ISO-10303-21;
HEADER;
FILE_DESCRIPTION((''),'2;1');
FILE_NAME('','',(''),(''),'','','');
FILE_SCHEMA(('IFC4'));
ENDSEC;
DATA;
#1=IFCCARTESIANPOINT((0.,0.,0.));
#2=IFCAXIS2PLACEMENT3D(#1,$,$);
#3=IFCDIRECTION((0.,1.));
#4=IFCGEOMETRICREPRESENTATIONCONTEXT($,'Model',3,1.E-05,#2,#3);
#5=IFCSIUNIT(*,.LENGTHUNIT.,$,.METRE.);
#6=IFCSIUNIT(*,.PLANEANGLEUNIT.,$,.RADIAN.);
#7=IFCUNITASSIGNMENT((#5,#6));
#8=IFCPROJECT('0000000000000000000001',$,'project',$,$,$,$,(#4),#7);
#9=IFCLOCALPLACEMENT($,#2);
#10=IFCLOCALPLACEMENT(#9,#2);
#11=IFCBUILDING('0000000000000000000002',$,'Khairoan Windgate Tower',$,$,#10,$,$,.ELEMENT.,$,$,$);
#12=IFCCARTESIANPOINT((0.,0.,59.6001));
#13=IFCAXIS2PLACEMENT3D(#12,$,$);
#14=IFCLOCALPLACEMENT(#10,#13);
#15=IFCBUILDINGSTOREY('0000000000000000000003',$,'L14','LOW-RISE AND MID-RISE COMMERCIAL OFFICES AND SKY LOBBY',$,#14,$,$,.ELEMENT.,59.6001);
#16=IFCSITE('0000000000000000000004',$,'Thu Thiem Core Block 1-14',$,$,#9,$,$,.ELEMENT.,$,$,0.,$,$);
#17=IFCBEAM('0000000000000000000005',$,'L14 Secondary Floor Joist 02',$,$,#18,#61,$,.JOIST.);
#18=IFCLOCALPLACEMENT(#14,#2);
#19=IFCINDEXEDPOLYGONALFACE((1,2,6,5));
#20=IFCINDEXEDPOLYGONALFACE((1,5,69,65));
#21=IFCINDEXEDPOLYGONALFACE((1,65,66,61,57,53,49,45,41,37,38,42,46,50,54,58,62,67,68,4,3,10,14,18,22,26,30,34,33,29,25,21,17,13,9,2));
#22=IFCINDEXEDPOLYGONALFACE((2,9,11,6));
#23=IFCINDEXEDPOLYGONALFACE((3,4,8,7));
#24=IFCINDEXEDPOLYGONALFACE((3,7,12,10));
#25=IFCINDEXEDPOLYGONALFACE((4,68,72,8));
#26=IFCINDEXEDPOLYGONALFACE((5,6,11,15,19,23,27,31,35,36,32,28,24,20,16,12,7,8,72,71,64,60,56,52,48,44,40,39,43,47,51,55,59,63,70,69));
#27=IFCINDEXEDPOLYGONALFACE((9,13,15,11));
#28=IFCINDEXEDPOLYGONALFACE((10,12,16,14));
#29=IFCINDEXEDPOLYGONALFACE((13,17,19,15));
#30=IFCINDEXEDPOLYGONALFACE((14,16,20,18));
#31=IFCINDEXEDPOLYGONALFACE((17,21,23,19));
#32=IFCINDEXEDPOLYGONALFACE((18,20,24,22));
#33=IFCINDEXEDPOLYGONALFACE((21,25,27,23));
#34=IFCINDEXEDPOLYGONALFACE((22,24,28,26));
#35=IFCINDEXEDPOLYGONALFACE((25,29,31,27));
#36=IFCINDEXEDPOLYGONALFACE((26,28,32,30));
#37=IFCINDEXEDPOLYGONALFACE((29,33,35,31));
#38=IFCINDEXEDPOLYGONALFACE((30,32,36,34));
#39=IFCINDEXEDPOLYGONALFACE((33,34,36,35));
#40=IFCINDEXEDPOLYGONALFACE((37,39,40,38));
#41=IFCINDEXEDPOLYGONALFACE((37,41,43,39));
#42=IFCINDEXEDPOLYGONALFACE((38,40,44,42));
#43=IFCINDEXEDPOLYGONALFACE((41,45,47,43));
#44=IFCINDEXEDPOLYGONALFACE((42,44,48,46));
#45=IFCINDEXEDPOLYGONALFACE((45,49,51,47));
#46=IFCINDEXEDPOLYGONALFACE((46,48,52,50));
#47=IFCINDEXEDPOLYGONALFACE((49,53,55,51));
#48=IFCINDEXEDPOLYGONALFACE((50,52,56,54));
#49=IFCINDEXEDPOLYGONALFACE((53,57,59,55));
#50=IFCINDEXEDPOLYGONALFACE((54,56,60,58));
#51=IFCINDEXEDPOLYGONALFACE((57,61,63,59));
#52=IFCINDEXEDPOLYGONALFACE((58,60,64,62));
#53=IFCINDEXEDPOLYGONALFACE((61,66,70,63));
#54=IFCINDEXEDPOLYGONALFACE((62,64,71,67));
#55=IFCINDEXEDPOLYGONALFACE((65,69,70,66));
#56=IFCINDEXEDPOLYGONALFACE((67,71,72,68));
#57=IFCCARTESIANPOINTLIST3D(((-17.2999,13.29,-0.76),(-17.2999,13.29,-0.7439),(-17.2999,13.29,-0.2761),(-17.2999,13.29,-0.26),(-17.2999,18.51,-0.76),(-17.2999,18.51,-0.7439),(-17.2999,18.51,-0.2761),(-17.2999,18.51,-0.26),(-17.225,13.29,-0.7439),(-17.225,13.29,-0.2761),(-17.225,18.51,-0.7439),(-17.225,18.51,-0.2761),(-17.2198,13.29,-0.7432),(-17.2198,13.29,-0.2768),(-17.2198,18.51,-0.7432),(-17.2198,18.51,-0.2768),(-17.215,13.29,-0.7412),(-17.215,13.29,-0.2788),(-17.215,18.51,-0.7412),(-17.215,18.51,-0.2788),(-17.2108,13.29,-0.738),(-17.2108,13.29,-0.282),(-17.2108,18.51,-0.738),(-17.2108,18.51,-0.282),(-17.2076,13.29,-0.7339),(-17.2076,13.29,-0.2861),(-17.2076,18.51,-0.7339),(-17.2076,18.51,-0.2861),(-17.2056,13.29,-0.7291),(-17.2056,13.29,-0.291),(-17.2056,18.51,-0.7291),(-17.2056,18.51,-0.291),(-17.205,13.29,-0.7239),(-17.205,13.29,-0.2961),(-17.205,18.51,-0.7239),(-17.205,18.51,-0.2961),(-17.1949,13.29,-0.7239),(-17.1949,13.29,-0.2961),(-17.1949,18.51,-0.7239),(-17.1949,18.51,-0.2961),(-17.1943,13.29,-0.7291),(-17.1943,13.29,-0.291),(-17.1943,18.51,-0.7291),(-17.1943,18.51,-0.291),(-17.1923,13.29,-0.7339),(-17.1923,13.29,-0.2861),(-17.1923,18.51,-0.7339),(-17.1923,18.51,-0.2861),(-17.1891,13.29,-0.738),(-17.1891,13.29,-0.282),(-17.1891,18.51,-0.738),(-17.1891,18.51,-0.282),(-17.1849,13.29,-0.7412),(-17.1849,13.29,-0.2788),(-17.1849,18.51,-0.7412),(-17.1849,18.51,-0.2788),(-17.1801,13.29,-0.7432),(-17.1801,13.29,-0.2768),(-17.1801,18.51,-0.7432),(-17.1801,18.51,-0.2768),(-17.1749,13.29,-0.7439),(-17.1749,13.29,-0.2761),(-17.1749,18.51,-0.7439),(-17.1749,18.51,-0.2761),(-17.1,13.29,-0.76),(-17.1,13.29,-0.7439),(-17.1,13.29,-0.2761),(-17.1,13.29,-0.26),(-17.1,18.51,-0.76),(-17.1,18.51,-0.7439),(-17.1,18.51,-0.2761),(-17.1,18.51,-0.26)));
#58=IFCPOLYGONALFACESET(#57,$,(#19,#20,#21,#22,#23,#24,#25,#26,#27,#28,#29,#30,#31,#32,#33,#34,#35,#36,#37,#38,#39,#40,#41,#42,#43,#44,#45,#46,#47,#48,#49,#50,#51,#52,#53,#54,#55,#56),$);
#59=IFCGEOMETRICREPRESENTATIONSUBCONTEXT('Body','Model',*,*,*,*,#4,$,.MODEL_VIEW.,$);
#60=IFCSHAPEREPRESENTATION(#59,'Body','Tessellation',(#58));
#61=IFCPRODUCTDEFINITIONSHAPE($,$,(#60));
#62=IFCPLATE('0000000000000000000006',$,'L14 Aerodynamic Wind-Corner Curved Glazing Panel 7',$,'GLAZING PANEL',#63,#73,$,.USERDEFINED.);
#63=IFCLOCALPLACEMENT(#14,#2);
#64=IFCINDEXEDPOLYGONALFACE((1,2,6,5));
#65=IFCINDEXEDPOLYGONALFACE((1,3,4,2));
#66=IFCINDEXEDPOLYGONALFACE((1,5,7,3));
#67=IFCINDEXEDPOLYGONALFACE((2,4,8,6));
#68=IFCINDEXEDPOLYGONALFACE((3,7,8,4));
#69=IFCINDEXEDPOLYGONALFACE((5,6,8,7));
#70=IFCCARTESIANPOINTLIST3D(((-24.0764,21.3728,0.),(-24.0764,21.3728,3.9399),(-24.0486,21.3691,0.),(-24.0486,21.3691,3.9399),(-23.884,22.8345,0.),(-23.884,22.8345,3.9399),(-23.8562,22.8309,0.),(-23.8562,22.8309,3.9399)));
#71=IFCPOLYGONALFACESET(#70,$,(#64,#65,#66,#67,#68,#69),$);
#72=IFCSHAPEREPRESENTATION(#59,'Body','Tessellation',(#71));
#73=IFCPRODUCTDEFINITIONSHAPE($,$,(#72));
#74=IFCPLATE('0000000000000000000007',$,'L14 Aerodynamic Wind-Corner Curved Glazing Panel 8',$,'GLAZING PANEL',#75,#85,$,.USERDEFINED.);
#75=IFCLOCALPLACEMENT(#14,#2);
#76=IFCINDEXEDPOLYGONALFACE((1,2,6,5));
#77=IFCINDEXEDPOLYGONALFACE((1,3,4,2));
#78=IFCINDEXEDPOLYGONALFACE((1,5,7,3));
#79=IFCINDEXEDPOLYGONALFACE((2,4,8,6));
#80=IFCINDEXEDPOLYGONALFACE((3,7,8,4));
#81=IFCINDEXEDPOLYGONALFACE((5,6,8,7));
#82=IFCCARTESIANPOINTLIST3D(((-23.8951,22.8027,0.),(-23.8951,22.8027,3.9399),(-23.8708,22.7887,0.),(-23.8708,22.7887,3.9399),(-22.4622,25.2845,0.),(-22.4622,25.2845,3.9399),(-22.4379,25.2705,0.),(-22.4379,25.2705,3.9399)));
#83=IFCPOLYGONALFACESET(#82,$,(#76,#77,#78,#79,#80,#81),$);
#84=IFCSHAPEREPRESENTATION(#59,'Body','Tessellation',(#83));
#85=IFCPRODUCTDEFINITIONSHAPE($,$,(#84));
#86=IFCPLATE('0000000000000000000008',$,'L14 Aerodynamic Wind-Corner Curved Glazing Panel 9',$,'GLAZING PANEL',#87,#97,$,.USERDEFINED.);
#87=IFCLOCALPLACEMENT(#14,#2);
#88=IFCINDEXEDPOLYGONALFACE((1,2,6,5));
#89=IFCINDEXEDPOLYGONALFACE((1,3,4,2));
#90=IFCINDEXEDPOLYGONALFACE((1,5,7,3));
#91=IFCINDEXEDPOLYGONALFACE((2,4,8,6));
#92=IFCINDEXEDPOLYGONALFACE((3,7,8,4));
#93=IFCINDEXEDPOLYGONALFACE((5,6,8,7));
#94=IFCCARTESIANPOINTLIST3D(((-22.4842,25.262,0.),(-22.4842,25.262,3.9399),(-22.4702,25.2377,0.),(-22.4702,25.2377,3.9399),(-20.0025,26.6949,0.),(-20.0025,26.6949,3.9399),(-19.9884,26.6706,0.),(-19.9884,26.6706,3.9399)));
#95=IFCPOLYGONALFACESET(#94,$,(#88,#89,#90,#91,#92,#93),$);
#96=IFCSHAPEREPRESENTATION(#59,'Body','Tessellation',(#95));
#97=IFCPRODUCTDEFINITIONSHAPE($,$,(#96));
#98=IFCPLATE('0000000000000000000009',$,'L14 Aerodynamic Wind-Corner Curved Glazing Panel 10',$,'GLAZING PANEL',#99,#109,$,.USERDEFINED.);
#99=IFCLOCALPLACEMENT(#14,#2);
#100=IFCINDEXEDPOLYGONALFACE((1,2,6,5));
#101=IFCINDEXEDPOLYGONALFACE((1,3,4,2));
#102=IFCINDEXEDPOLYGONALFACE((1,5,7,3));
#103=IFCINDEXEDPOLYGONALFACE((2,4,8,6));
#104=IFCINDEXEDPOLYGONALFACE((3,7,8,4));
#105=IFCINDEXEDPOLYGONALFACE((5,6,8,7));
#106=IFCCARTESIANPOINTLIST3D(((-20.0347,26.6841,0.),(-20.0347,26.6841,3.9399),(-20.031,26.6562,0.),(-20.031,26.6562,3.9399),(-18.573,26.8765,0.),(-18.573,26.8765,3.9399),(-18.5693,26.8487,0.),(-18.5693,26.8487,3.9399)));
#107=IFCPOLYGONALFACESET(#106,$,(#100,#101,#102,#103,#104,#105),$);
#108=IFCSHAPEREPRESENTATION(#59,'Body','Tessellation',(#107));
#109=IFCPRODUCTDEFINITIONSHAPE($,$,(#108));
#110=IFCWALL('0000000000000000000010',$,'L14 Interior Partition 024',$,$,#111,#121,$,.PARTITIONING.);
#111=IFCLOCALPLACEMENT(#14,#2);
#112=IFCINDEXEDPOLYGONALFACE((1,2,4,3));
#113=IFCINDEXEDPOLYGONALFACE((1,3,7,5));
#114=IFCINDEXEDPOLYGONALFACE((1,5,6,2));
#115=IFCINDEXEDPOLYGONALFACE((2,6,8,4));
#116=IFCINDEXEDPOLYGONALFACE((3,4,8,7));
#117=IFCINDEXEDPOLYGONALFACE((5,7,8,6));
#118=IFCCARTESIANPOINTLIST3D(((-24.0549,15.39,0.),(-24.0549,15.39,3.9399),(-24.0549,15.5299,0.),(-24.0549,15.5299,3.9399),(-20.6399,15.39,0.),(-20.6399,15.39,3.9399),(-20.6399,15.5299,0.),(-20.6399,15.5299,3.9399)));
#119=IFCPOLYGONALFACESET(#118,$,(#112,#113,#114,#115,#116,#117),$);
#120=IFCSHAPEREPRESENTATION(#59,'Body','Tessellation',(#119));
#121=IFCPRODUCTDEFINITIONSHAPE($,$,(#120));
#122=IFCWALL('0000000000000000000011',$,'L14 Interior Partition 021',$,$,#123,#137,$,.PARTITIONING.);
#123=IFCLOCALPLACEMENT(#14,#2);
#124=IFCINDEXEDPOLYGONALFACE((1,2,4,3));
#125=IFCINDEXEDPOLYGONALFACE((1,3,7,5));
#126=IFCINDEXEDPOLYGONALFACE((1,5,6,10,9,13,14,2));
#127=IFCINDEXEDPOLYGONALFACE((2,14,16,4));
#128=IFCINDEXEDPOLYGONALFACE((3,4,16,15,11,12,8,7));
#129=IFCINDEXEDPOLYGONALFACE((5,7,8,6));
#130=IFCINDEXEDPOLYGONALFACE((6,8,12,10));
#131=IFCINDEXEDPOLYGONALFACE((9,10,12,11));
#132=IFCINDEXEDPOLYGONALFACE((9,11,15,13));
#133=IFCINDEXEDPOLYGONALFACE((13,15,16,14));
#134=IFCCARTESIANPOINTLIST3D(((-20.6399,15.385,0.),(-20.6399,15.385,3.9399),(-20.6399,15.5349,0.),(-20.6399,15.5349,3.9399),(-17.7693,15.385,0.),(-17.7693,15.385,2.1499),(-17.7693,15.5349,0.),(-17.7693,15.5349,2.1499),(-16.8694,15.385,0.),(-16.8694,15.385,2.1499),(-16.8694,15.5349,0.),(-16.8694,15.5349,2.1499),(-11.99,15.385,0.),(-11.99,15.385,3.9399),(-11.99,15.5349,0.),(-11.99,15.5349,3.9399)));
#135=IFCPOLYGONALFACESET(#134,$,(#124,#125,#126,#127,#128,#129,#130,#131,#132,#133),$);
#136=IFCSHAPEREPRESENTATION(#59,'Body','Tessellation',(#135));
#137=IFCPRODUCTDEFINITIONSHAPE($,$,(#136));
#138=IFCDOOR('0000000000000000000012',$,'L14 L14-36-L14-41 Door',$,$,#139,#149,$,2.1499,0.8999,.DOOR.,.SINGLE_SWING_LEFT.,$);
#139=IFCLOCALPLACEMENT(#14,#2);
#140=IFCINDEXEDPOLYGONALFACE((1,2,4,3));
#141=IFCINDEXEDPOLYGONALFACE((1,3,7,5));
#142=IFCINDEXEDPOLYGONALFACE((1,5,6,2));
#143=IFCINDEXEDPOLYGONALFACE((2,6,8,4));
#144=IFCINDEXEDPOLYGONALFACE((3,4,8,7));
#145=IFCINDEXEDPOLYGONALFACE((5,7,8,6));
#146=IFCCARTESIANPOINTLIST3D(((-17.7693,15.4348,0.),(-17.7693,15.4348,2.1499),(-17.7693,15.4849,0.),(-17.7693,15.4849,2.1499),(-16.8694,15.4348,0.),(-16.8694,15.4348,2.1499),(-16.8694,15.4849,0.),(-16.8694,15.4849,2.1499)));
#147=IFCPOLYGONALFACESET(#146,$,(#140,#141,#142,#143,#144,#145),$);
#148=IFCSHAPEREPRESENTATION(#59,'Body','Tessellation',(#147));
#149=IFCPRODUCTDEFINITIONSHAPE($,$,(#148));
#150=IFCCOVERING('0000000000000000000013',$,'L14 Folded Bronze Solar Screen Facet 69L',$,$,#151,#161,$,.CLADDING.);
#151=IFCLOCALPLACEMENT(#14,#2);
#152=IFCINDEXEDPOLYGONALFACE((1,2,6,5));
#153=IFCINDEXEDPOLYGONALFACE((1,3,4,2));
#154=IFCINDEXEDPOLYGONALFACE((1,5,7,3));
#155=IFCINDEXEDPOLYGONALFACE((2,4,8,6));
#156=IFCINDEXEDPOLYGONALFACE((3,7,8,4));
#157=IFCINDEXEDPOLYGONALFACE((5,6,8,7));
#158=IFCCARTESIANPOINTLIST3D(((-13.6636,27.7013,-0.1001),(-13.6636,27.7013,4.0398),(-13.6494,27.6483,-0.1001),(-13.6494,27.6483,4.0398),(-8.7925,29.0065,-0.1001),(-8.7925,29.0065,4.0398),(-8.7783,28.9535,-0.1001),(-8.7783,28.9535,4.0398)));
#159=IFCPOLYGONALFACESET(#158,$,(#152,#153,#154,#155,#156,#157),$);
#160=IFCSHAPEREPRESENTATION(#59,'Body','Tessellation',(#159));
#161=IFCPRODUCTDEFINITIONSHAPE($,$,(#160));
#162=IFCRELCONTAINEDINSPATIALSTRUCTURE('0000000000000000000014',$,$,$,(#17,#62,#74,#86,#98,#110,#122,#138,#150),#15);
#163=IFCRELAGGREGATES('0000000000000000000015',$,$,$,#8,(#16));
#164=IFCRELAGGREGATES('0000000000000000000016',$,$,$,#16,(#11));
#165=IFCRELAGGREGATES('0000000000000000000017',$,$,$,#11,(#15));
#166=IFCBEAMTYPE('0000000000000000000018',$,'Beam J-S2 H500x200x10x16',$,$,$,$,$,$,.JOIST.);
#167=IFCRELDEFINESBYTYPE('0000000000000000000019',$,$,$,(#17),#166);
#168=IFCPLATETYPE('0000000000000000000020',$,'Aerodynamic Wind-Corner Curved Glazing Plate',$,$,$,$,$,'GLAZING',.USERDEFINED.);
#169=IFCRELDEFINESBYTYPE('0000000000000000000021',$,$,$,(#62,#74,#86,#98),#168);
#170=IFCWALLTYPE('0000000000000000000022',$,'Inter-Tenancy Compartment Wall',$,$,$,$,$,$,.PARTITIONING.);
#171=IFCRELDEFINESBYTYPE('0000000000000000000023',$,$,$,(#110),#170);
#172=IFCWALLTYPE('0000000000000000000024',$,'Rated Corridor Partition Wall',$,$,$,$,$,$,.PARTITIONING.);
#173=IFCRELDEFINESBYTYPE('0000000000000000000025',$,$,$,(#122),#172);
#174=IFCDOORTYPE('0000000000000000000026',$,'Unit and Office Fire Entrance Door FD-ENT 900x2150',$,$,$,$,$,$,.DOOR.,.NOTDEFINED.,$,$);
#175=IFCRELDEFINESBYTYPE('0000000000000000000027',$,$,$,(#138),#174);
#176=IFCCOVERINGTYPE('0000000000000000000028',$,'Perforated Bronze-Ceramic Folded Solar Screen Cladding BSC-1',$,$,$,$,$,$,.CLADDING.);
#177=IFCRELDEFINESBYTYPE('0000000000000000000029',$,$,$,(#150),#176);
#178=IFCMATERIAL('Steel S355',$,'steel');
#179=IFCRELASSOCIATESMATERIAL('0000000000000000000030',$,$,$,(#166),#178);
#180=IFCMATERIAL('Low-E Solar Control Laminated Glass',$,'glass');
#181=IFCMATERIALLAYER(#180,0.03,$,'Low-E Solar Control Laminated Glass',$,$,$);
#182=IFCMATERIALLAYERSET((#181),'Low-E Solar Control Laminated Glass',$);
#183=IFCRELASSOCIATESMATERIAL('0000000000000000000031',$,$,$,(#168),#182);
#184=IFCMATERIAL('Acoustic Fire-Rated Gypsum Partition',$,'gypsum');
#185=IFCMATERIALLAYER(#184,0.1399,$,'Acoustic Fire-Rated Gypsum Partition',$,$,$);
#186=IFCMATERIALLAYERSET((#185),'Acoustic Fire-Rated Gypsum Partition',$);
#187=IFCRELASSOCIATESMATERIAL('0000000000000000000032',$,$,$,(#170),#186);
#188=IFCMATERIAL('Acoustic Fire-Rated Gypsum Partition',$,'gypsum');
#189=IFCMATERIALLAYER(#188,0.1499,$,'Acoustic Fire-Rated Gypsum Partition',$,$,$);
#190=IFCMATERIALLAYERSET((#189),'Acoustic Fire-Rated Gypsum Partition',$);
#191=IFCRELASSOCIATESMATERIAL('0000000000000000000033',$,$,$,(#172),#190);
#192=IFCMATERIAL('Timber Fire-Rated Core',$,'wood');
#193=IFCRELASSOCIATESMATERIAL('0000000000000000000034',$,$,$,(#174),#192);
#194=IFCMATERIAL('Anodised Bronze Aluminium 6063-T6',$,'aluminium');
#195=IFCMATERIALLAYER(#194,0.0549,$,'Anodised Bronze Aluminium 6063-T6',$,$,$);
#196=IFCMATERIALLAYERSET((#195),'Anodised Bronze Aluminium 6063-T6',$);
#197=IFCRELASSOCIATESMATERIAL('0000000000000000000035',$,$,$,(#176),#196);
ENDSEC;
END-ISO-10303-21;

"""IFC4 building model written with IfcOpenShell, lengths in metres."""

from ifc_helpers import new_model, si_unit, direction, frame, frame_2d, origin, origin_2d, place, context, subcontext, project, spatial, rectangle, i_section, extrude, material, layer, layer_set, material_profile, profile_set, type_object, element, fill, save


model = new_model("IFC4")

# Units and contexts
model_context = context("Model", 3, precision=1e-05, world=origin(), true_north=direction((0.0, 1.0)))
body_context = subcontext(model_context, "Body", "Model", "MODEL_VIEW")
ifc_project = project(units=[si_unit("LENGTHUNIT", "METRE"), si_unit("PLANEANGLEUNIT", "RADIAN")], contexts=[model_context])

# Site, building, storey
site_placement = place(None, origin())
site = spatial("IfcSite", under=ifc_project, at=site_placement, Name="Thu Thiem Core Block 1-14", CompositionType="ELEMENT", RefElevation=0.0)
building_placement = place(site_placement, origin())
building = spatial("IfcBuilding", under=site, at=building_placement, Name="Khairoan Windgate Tower", CompositionType="ELEMENT")
storey_placement = place(building_placement, frame((0.0, 0.0, 59.6001)))
storey = spatial("IfcBuildingStorey", under=building, at=storey_placement, Name="L14", Description="LOW-RISE AND MID-RISE COMMERCIAL OFFICES AND SKY LOBBY", CompositionType="ELEMENT", Elevation=59.6001)

# Beam
ifc_material_1 = material(Name="Steel S355", Category="steel")
ifc_material_profile_1 = material_profile(ifc_material_1, i_section(OverallWidth=0.2, OverallDepth=0.5, WebThickness=0.01, FlangeThickness=0.0161, FilletRadius=0.02, at=origin_2d()))
ifc_profile_set_1 = profile_set([ifc_material_profile_1], Name="Steel S355")
beam_type_1 = type_object("IfcBeamType", Name="Beam J-S2 H500x200x10x16", PredefinedType="JOIST", material=ifc_profile_set_1)
beam_1_placement = place(storey_placement, frame((-17.2, 13.29, -0.51), z_axis=(0.0, 1.0, 0.0), x_axis=(-1.0, 0.0, 0.0)))
element("IfcBeam", 1, at=beam_1_placement, inside=storey, type_object=beam_type_1, Name="L14 Secondary Floor Joist 02", PredefinedType="JOIST", context=body_context, shape_type="SweptSolid", body=[
    extrude(i_section(OverallWidth=0.2, OverallDepth=0.5, WebThickness=0.01, FlangeThickness=0.0161, FilletRadius=0.02, at=origin_2d()), origin(), (0.0, 0.0, 1.0), 5.22),
])

# Plates
ifc_material_2 = material(Name="Low-E Solar Control Laminated Glass", Category="glass")
ifc_layer_1 = layer(ifc_material_2, 0.03, Name="Low-E Solar Control Laminated Glass")
ifc_layer_set_1 = layer_set([ifc_layer_1], Name="Low-E Solar Control Laminated Glass")
plate_type_1 = type_object("IfcPlateType", Name="Aerodynamic Wind-Corner Curved Glazing Plate", ElementType="GLAZING", PredefinedType="USERDEFINED", material=ifc_layer_set_1)
plate_1_placement = place(storey_placement, frame((-23.9663, 22.1018, 0.0), z_axis=(0.0, 0.0, 1.0), x_axis=(0.130526, 0.991445, 0.0)))
element("IfcPlate", 2, at=plate_1_placement, inside=storey, type_object=plate_type_1, Name="L14 Aerodynamic Wind-Corner Curved Glazing Panel 7", ObjectType="GLAZING PANEL", PredefinedType="USERDEFINED", context=body_context, shape_type="SweptSolid", body=[
    extrude(rectangle(XDim=1.4744, YDim=0.0281, at=origin_2d()), origin(), (0.0, 0.0, 1.0), 3.9399),
])
for number, where, z_axis, x_axis, name in (
    (3, (-23.1665, 24.0366, 0.0), (0.0, 0.0, 1.0), (0.5, 0.866025, 0.0), "L14 Aerodynamic Wind-Corner Curved Glazing Panel 8"),
    (4, (-21.2363, 25.9663, 0.0), (0.0, 0.0, 1.0), (0.866025, 0.5, 0.0), "L14 Aerodynamic Wind-Corner Curved Glazing Panel 9"),
):
    element("IfcPlate", number, at=place(storey_placement, frame(where, z_axis=z_axis, x_axis=x_axis)), inside=storey, type_object=plate_type_1, Name=name, ObjectType="GLAZING PANEL", PredefinedType="USERDEFINED", context=body_context, shape_type="SweptSolid", body=[
        extrude(rectangle(XDim=2.8657, YDim=0.0281, at=origin_2d()), origin(), (0.0, 0.0, 1.0), 3.9399),
    ])
plate_2_placement = place(storey_placement, frame((-19.302, 26.7664, 0.0), z_axis=(0.0, 0.0, 1.0), x_axis=(0.991445, 0.130526, 0.0)))
element("IfcPlate", 5, at=plate_2_placement, inside=storey, type_object=plate_type_1, Name="L14 Aerodynamic Wind-Corner Curved Glazing Panel 10", ObjectType="GLAZING PANEL", PredefinedType="USERDEFINED", context=body_context, shape_type="SweptSolid", body=[
    extrude(rectangle(XDim=1.4744, YDim=0.0281, at=origin_2d()), origin(), (0.0, 0.0, 1.0), 3.9399),
])

# Wall
ifc_material_3 = material(Name="Acoustic Fire-Rated Gypsum Partition", Category="gypsum")
ifc_layer_2 = layer(ifc_material_3, 0.1399, Name="Acoustic Fire-Rated Gypsum Partition")
ifc_layer_set_2 = layer_set([ifc_layer_2], Name="Acoustic Fire-Rated Gypsum Partition")
wall_type_1 = type_object("IfcWallType", Name="Inter-Tenancy Compartment Wall", PredefinedType="PARTITIONING", material=ifc_layer_set_2)
wall_1_placement = place(storey_placement, frame((-24.0549, 15.46, 0.0), z_axis=(0.0, 0.0, 1.0), x_axis=(1.0, 0.0, 0.0)))
element("IfcWall", 6, at=wall_1_placement, inside=storey, type_object=wall_type_1, Name="L14 Interior Partition 024", PredefinedType="PARTITIONING", context=body_context, shape_type="SweptSolid", body=[
    extrude(rectangle(XDim=3.415, YDim=0.1399, at=frame_2d((1.7075, 0.0))), origin(), (0.0, 0.0, 1.0), 3.9399),
])

# Wall, opening, door
ifc_material_4 = material(Name="Acoustic Fire-Rated Gypsum Partition", Category="gypsum")
ifc_layer_3 = layer(ifc_material_4, 0.1499, Name="Acoustic Fire-Rated Gypsum Partition")
ifc_layer_set_3 = layer_set([ifc_layer_3], Name="Acoustic Fire-Rated Gypsum Partition")
wall_type_2 = type_object("IfcWallType", Name="Rated Corridor Partition Wall", PredefinedType="PARTITIONING", material=ifc_layer_set_3)
ifc_material_5 = material(Name="Timber Fire-Rated Core", Category="wood")
door_type = type_object("IfcDoorType", Name="Unit and Office Fire Entrance Door FD-ENT 900x2150", OperationType="NOTDEFINED", PredefinedType="DOOR", material=ifc_material_5)
wall_2_placement = place(storey_placement, frame((-20.6399, 15.46, 0.0), z_axis=(0.0, 0.0, 1.0), x_axis=(1.0, 0.0, 0.0)))
wall_2 = element("IfcWall", 7, at=wall_2_placement, inside=storey, type_object=wall_type_2, Name="L14 Interior Partition 021", PredefinedType="PARTITIONING", context=body_context, shape_type="SweptSolid", body=[
    extrude(rectangle(XDim=8.6499, YDim=0.1499, at=frame_2d((4.325, 0.0))), origin(), (0.0, 0.0, 1.0), 3.9399),
])
opening_1_placement = place(wall_2_placement, frame((2.8706, 0.0, 0.0)))
opening_1 = element("IfcOpeningElement", 8, at=opening_1_placement, cuts=wall_2, PredefinedType="OPENING", context=body_context, shape_type="SweptSolid", body=[
    extrude(rectangle(XDim=0.8999, YDim=2.1499, at=frame_2d((0.45, 1.075))), frame((0.0, 0.085, 0.0), z_axis=(0.0, -1.0, 0.0), x_axis=(1.0, 0.0, 0.0)), (0.0, 0.0, 1.0), 0.1699),
])
door_1_placement = place(opening_1_placement, origin())
door_1 = element("IfcDoor", 9, at=door_1_placement, inside=storey, type_object=door_type, Name="L14 L14-36-L14-41 Door", OperationType="SINGLE_SWING_LEFT", OverallHeight=2.1499, OverallWidth=0.8999, PredefinedType="DOOR", context=body_context, shape_type="SweptSolid", body=[
    extrude(rectangle(XDim=0.8999, YDim=2.1499, at=frame_2d((0.45, 1.075))), frame((0.0, 0.0249, 0.0), z_axis=(0.0, -1.0, 0.0), x_axis=(1.0, 0.0, 0.0)), (0.0, 0.0, 1.0), 0.05),
])
fill(opening_1, door_1)

# Covering
ifc_material_6 = material(Name="Anodised Bronze Aluminium 6063-T6", Category="aluminium")
ifc_layer_4 = layer(ifc_material_6, 0.0549, Name="Anodised Bronze Aluminium 6063-T6")
ifc_layer_set_4 = layer_set([ifc_layer_4], Name="Anodised Bronze Aluminium 6063-T6")
covering_type = type_object("IfcCoveringType", Name="Perforated Bronze-Ceramic Folded Solar Screen Cladding BSC-1", PredefinedType="CLADDING", material=ifc_layer_set_4)
covering_placement = place(storey_placement, frame((-11.2209, 28.3274, -0.1001), z_axis=(0.0, 0.0, 1.0), x_axis=(0.965926, 0.258819, 0.0)))
element("IfcCovering", 10, at=covering_placement, inside=storey, type_object=covering_type, Name="L14 Folded Bronze Solar Screen Facet 69L", PredefinedType="CLADDING", context=body_context, shape_type="SweptSolid", body=[
    extrude(rectangle(XDim=5.043, YDim=0.0549, at=origin_2d()), origin(), (0.0, 0.0, 1.0), 4.1399),
])

save(model, "model.ifc")
